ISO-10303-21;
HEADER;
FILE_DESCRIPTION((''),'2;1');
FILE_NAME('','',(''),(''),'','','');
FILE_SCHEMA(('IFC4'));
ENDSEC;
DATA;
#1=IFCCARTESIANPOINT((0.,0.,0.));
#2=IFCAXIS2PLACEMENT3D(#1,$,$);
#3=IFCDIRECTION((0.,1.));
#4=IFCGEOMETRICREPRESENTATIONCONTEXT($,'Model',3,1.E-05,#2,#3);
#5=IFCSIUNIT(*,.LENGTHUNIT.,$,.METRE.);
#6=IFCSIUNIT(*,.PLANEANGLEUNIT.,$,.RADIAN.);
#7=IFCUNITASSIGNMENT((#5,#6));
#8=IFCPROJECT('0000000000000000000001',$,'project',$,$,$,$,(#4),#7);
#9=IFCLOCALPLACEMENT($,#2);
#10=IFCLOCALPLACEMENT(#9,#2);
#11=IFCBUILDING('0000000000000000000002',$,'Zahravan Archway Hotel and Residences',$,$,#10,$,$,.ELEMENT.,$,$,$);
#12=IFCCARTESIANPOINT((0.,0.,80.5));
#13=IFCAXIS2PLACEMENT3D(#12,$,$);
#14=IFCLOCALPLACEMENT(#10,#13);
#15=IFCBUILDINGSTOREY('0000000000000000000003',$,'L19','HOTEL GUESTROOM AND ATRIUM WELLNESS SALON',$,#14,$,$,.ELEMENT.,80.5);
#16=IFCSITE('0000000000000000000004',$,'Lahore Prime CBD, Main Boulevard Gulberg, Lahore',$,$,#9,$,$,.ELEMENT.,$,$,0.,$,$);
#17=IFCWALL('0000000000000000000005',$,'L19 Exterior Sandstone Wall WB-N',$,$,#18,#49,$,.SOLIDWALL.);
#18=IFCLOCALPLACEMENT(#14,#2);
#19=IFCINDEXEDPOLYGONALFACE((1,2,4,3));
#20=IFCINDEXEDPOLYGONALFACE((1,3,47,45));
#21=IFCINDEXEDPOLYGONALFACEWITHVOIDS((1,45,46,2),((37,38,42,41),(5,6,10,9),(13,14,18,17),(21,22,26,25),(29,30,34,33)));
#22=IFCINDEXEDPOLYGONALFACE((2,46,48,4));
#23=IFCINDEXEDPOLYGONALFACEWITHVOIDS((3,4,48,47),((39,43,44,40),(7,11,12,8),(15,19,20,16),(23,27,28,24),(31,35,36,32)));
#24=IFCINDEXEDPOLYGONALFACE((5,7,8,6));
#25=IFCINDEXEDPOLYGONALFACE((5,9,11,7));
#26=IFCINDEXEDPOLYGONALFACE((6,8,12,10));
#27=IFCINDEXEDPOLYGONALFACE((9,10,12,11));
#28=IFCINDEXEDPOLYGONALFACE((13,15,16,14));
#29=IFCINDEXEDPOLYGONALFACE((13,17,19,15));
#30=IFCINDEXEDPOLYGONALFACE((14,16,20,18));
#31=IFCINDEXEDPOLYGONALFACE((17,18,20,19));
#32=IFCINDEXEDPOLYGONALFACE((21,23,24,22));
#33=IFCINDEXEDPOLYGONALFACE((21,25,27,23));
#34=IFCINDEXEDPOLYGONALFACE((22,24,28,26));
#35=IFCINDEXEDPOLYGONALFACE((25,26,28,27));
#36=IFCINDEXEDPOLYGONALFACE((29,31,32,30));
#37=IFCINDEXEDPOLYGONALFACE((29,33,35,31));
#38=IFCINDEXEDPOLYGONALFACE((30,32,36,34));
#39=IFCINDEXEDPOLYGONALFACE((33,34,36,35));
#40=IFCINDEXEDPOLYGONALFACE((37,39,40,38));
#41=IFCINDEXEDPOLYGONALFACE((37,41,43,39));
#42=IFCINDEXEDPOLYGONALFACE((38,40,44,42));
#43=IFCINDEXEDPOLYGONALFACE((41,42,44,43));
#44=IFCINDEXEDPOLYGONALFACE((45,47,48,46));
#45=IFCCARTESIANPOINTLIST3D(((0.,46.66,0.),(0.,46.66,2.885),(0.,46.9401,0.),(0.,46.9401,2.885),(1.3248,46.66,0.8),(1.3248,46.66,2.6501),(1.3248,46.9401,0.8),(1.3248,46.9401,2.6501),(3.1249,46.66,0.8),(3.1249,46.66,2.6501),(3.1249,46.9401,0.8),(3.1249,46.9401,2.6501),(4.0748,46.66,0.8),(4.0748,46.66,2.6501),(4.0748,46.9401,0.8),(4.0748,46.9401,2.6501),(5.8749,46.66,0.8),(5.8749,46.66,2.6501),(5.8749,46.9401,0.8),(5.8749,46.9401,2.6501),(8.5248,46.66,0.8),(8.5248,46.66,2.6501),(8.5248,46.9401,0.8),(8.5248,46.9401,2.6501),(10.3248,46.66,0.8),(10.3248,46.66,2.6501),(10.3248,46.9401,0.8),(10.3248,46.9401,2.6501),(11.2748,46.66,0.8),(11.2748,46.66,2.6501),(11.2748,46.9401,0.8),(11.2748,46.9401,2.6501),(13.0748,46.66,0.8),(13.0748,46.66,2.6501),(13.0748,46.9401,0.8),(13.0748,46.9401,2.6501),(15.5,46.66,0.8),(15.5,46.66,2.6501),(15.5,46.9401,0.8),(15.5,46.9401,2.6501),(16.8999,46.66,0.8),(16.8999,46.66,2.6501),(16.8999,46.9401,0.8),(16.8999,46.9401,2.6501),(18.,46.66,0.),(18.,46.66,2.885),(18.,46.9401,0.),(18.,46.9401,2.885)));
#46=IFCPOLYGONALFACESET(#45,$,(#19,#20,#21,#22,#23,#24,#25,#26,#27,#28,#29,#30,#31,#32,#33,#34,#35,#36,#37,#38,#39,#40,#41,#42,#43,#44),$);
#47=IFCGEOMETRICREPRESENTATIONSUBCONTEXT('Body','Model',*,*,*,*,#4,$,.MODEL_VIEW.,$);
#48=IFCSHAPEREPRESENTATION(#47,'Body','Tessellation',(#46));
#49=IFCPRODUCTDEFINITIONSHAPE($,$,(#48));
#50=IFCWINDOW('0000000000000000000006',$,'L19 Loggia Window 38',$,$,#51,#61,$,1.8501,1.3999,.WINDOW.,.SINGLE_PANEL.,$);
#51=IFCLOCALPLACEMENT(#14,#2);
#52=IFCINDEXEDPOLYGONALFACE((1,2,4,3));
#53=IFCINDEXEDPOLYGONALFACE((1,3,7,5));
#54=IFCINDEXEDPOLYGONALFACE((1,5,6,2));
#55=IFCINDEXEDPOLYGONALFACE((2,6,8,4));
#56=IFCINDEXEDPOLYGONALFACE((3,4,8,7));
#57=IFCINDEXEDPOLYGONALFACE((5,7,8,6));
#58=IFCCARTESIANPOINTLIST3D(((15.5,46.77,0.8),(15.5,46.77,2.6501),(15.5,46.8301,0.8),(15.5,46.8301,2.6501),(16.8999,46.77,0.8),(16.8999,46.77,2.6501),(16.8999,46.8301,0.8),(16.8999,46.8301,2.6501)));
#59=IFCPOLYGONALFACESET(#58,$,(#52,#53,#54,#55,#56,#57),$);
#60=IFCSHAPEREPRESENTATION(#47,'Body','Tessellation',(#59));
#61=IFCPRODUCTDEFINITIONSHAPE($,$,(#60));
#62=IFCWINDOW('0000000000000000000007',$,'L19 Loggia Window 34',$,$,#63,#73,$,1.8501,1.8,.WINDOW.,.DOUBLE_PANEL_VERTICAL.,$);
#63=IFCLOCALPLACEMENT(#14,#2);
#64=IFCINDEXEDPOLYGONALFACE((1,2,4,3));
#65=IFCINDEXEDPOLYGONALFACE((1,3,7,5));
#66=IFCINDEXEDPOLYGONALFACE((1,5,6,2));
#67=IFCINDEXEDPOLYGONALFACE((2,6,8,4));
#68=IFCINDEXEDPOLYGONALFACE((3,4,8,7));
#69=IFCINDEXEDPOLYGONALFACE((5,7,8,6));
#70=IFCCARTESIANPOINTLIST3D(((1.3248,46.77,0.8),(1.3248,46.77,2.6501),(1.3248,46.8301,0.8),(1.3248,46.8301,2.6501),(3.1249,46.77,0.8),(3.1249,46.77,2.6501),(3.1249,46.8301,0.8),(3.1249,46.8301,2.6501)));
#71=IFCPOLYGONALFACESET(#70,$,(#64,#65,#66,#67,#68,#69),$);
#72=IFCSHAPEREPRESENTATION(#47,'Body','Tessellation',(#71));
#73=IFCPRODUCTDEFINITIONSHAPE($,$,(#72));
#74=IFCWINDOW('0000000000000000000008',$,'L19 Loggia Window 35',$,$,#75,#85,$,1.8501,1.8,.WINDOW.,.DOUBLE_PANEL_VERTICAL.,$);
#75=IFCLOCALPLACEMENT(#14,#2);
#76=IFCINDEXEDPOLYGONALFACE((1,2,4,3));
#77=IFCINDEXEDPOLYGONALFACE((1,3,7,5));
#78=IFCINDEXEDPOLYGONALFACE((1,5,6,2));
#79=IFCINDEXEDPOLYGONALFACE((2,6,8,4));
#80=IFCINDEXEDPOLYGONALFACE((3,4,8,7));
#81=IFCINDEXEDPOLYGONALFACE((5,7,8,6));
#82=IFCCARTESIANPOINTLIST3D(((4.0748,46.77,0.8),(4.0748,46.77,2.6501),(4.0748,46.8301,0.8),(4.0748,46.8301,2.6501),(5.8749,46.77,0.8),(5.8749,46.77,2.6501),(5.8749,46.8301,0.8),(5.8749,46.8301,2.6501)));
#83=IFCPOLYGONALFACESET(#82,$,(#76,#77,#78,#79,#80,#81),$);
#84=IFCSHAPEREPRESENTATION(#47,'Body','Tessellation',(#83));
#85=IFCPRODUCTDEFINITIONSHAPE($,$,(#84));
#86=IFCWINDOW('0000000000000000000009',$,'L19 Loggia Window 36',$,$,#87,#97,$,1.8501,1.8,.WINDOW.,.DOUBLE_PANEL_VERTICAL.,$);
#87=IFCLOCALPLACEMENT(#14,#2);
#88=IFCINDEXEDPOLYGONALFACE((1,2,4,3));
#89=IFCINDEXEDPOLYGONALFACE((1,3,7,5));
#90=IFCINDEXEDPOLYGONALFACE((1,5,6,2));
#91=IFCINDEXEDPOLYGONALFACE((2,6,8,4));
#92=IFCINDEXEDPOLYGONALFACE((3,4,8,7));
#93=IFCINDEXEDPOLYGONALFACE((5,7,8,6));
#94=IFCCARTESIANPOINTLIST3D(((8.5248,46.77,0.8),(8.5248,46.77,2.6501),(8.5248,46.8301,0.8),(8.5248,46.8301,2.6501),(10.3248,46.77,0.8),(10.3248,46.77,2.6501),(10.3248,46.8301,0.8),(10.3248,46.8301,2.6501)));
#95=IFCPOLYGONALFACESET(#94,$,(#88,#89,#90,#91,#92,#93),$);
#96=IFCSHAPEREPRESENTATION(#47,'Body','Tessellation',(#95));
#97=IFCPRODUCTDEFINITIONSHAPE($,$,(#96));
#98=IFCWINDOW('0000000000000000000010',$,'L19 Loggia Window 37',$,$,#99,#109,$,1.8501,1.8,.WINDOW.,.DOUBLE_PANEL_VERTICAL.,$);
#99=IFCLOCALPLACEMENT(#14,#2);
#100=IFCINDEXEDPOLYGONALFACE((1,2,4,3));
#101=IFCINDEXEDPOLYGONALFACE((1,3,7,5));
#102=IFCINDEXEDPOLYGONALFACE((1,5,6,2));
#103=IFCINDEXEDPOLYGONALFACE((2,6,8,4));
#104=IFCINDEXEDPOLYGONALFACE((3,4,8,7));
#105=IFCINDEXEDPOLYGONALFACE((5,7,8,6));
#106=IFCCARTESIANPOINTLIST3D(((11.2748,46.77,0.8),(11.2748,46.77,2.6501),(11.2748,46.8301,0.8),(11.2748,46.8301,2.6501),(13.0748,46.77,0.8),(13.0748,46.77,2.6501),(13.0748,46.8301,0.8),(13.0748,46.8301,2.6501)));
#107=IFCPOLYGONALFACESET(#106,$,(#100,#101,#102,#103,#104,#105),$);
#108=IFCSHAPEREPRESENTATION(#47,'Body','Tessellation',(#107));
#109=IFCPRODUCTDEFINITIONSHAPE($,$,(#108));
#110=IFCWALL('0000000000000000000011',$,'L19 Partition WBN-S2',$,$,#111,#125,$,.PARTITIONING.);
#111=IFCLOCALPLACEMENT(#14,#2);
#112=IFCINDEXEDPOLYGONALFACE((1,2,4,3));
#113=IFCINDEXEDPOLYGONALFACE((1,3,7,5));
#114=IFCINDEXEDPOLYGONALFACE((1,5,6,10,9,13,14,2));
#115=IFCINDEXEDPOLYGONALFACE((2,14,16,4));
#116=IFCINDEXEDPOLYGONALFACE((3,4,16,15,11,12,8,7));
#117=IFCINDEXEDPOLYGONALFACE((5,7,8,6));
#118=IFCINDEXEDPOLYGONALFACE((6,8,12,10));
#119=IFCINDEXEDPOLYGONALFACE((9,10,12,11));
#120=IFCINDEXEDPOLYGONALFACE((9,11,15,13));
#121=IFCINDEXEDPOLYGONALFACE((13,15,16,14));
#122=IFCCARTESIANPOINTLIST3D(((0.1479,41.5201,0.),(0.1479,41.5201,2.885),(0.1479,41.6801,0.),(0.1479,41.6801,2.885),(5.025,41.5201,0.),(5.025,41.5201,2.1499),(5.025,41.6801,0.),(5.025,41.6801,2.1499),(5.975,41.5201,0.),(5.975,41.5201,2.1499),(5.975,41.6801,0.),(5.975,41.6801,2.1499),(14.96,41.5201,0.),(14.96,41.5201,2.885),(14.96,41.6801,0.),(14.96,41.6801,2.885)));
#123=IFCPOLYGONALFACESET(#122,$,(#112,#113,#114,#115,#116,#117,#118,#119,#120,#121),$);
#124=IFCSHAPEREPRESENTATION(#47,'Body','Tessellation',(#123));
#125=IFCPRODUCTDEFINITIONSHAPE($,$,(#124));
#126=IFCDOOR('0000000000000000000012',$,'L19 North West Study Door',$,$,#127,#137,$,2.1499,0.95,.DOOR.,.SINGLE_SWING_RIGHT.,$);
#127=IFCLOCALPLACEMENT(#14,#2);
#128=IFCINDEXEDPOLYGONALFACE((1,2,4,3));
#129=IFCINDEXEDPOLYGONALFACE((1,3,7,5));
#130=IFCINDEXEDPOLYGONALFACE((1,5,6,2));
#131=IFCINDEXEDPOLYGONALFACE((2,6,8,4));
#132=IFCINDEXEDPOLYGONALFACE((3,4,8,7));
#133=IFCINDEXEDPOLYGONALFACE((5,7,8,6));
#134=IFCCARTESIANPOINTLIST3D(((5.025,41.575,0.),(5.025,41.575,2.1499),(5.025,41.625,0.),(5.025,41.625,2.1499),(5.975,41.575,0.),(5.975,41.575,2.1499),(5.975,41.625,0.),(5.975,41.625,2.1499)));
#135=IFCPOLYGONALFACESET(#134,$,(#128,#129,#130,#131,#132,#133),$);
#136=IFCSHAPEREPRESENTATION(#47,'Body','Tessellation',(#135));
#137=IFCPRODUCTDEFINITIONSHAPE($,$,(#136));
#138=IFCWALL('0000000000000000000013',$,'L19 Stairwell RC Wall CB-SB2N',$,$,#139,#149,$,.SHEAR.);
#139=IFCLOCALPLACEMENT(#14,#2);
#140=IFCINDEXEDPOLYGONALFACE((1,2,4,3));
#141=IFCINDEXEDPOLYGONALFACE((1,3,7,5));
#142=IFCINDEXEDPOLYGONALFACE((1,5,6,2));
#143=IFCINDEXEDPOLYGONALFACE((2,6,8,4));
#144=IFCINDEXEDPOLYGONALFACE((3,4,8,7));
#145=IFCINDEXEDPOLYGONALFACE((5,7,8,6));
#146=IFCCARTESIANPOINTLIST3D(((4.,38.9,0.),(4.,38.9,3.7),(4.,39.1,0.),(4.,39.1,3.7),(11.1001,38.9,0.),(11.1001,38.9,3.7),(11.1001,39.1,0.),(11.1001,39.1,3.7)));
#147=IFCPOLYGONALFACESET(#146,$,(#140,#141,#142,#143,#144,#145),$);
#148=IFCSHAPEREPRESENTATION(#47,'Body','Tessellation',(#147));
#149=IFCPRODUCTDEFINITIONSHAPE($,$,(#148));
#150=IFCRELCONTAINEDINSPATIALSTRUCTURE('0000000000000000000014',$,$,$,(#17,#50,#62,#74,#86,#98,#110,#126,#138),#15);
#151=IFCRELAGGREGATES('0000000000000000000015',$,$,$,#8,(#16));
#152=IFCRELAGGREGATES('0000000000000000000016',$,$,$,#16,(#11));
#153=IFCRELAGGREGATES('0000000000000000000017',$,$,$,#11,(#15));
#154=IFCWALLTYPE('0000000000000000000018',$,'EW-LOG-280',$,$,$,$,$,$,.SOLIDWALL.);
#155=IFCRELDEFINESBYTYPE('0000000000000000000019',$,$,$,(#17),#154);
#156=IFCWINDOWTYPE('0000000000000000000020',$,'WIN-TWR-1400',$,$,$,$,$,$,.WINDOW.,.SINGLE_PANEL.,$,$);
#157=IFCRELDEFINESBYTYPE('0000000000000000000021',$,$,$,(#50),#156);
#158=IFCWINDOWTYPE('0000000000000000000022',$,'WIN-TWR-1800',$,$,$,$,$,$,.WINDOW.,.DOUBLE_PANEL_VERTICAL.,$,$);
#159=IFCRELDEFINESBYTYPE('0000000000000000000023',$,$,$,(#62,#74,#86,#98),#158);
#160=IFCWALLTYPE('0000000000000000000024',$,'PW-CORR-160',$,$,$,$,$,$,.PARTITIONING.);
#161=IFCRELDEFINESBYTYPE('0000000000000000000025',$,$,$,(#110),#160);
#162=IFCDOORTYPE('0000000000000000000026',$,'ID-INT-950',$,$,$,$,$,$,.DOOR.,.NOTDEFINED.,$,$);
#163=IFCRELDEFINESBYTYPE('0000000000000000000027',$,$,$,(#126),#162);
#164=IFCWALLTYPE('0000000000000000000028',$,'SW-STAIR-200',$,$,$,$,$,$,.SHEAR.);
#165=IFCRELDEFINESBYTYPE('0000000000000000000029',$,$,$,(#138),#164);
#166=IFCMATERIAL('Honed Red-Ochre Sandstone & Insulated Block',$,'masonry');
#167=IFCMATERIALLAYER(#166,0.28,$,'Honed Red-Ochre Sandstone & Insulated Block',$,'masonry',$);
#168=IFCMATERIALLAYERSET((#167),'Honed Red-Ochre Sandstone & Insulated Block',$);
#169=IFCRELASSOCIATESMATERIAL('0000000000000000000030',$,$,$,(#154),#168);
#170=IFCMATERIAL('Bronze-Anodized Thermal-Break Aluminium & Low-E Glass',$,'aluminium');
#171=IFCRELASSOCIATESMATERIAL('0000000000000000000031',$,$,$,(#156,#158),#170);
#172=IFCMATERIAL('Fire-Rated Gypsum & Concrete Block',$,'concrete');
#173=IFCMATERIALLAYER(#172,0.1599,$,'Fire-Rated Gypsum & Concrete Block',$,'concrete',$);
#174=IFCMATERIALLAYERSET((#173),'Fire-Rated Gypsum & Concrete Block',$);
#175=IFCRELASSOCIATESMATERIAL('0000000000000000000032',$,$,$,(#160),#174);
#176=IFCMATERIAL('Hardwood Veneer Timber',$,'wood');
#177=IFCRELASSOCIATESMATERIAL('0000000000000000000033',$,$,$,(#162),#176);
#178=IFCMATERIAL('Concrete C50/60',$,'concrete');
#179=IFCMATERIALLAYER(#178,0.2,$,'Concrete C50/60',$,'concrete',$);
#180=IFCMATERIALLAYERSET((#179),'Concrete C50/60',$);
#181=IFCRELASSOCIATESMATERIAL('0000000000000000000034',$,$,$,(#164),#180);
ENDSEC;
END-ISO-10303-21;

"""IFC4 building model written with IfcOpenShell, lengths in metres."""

from ifc_helpers import new_model, si_unit, direction, frame, frame_2d, origin, place, context, subcontext, project, spatial, rectangle, extrude, source, transform, mapped, material, layer, layer_set, type_object, type_shapes, element, fill, save


model = new_model("IFC4")

# Units and contexts
model_context = context("Model", 3, precision=1e-05, world=origin(), true_north=direction((0.0, 1.0)))
body_context = subcontext(model_context, "Body", "Model", "MODEL_VIEW")
ifc_project = project(units=[si_unit("LENGTHUNIT", "METRE"), si_unit("PLANEANGLEUNIT", "RADIAN")], contexts=[model_context])

# Site, building, storey
site_placement = place(None, origin())
site = spatial("IfcSite", under=ifc_project, at=site_placement, Name="Lahore Prime CBD, Main Boulevard Gulberg, Lahore", CompositionType="ELEMENT", RefElevation=0.0)
building_placement = place(site_placement, origin())
building = spatial("IfcBuilding", under=site, at=building_placement, Name="Zahravan Archway Hotel and Residences", CompositionType="ELEMENT")
storey_placement = place(building_placement, frame((0.0, 0.0, 80.5)))
storey = spatial("IfcBuildingStorey", under=building, at=storey_placement, Name="L19", Description="HOTEL GUESTROOM AND ATRIUM WELLNESS SALON", CompositionType="ELEMENT", Elevation=80.5)

# Wall, openings, windows
ifc_material_1 = material(Name="Honed Red-Ochre Sandstone & Insulated Block", Category="masonry")
ifc_layer_1 = layer(ifc_material_1, 0.28, Name="Honed Red-Ochre Sandstone & Insulated Block", Category="masonry")
ifc_layer_set_1 = layer_set([ifc_layer_1], Name="Honed Red-Ochre Sandstone & Insulated Block")
wall_type_1 = type_object("IfcWallType", Name="EW-LOG-280", PredefinedType="SOLIDWALL", material=ifc_layer_set_1)
wall_1_placement = place(storey_placement, frame((0.0, 46.8, 0.0), z_axis=(0.0, 0.0, 1.0), x_axis=(1.0, 0.0, 0.0)))
wall_1 = element("IfcWall", 1, at=wall_1_placement, inside=storey, type_object=wall_type_1, Name="L19 Exterior Sandstone Wall WB-N", PredefinedType="SOLIDWALL", context=body_context, shape_type="SweptSolid", body=[
    extrude(rectangle(XDim=18.0, YDim=0.28, at=frame_2d((9.0, 0.0))), origin(), (0.0, 0.0, 1.0), 2.885),
])
opening_1_placement = place(wall_1_placement, frame((1.325, 0.0, 0.8)))
opening_1 = element("IfcOpeningElement", 2, at=opening_1_placement, cuts=wall_1, PredefinedType="OPENING", context=body_context, shape_type="SweptSolid", body=[
    extrude(rectangle(XDim=1.8, YDim=1.8501, at=frame_2d((0.8999, 0.925))), frame((0.0, 0.1499, 0.0), z_axis=(0.0, -1.0, 0.0), x_axis=(1.0, 0.0, 0.0)), (0.0, 0.0, 1.0), 0.3),
])
opening_2_placement = place(wall_1_placement, frame((4.075, 0.0, 0.8)))
opening_2 = element("IfcOpeningElement", 3, at=opening_2_placement, cuts=wall_1, PredefinedType="OPENING", context=body_context, shape_type="SweptSolid", body=[
    extrude(rectangle(XDim=1.8, YDim=1.8501, at=frame_2d((0.8999, 0.925))), frame((0.0, 0.1499, 0.0), z_axis=(0.0, -1.0, 0.0), x_axis=(1.0, 0.0, 0.0)), (0.0, 0.0, 1.0), 0.3),
])
opening_3_placement = place(wall_1_placement, frame((8.5249, 0.0, 0.8)))
opening_3 = element("IfcOpeningElement", 4, at=opening_3_placement, cuts=wall_1, PredefinedType="OPENING", context=body_context, shape_type="SweptSolid", body=[
    extrude(rectangle(XDim=1.8, YDim=1.8501, at=frame_2d((0.8999, 0.925))), frame((0.0, 0.1499, 0.0), z_axis=(0.0, -1.0, 0.0), x_axis=(1.0, 0.0, 0.0)), (0.0, 0.0, 1.0), 0.3),
])
opening_4_placement = place(wall_1_placement, frame((11.2749, 0.0, 0.8)))
opening_4 = element("IfcOpeningElement", 5, at=opening_4_placement, cuts=wall_1, PredefinedType="OPENING", context=body_context, shape_type="SweptSolid", body=[
    extrude(rectangle(XDim=1.8, YDim=1.8501, at=frame_2d((0.8999, 0.925))), frame((0.0, 0.1499, 0.0), z_axis=(0.0, -1.0, 0.0), x_axis=(1.0, 0.0, 0.0)), (0.0, 0.0, 1.0), 0.3),
])
opening_5_placement = place(wall_1_placement, frame((15.5, 0.0, 0.8)))
opening_5 = element("IfcOpeningElement", 6, at=opening_5_placement, cuts=wall_1, PredefinedType="OPENING", context=body_context, shape_type="SweptSolid", body=[
    extrude(rectangle(XDim=1.3999, YDim=1.8501, at=frame_2d((0.7, 0.925))), frame((0.0, 0.1499, 0.0), z_axis=(0.0, -1.0, 0.0), x_axis=(1.0, 0.0, 0.0)), (0.0, 0.0, 1.0), 0.3),
])
ifc_material_2 = material(Name="Bronze-Anodized Thermal-Break Aluminium & Low-E Glass", Category="aluminium")
window_type_1 = type_object("IfcWindowType", Name="WIN-TWR-1400", PartitioningType="SINGLE_PANEL", PredefinedType="WINDOW", material=ifc_material_2)
shared_shape_1 = source(origin(), body_context, "Body", "SweptSolid", [
    extrude(rectangle(XDim=1.3999, YDim=1.8501, at=frame_2d((0.7, 0.925))), frame((0.0, 0.03, 0.0), z_axis=(0.0, -1.0, 0.0), x_axis=(1.0, 0.0, 0.0)), (0.0, 0.0, 1.0), 0.0601),
])
type_shapes(window_type_1, [shared_shape_1])
window_1_placement = place(opening_5_placement, origin())
window_1 = element("IfcWindow", 7, at=window_1_placement, inside=storey, type_object=window_type_1, Name="L19 Loggia Window 38", OverallHeight=1.8501, OverallWidth=1.3999, PartitioningType="SINGLE_PANEL", PredefinedType="WINDOW", context=body_context, shape_type="MappedRepresentation", body=[
    mapped(shared_shape_1, transform((0.0, 0.0, 0.0), scale=1.0)),
])
fill(opening_5, window_1)
window_type_2 = type_object("IfcWindowType", Name="WIN-TWR-1800", PartitioningType="DOUBLE_PANEL_VERTICAL", PredefinedType="WINDOW", material=ifc_material_2)
shared_shape_2 = source(origin(), body_context, "Body", "SweptSolid", [
    extrude(rectangle(XDim=1.8, YDim=1.8501, at=frame_2d((0.8999, 0.925))), frame((0.0, 0.03, 0.0), z_axis=(0.0, -1.0, 0.0), x_axis=(1.0, 0.0, 0.0)), (0.0, 0.0, 1.0), 0.0601),
])
type_shapes(window_type_2, [shared_shape_2])
window_2_placement = place(opening_1_placement, origin())
window_2 = element("IfcWindow", 8, at=window_2_placement, inside=storey, type_object=window_type_2, Name="L19 Loggia Window 34", OverallHeight=1.8501, OverallWidth=1.8, PartitioningType="DOUBLE_PANEL_VERTICAL", PredefinedType="WINDOW", context=body_context, shape_type="MappedRepresentation", body=[
    mapped(shared_shape_2, transform((0.0, 0.0, 0.0), scale=1.0)),
])
fill(opening_1, window_2)
window_3_placement = place(opening_2_placement, origin())
window_3 = element("IfcWindow", 9, at=window_3_placement, inside=storey, type_object=window_type_2, Name="L19 Loggia Window 35", OverallHeight=1.8501, OverallWidth=1.8, PartitioningType="DOUBLE_PANEL_VERTICAL", PredefinedType="WINDOW", context=body_context, shape_type="MappedRepresentation", body=[
    mapped(shared_shape_2, transform((0.0, 0.0, 0.0), scale=1.0)),
])
fill(opening_2, window_3)
window_4_placement = place(opening_3_placement, origin())
window_4 = element("IfcWindow", 10, at=window_4_placement, inside=storey, type_object=window_type_2, Name="L19 Loggia Window 36", OverallHeight=1.8501, OverallWidth=1.8, PartitioningType="DOUBLE_PANEL_VERTICAL", PredefinedType="WINDOW", context=body_context, shape_type="MappedRepresentation", body=[
    mapped(shared_shape_2, transform((0.0, 0.0, 0.0), scale=1.0)),
])
fill(opening_3, window_4)
window_5_placement = place(opening_4_placement, origin())
window_5 = element("IfcWindow", 11, at=window_5_placement, inside=storey, type_object=window_type_2, Name="L19 Loggia Window 37", OverallHeight=1.8501, OverallWidth=1.8, PartitioningType="DOUBLE_PANEL_VERTICAL", PredefinedType="WINDOW", context=body_context, shape_type="MappedRepresentation", body=[
    mapped(shared_shape_2, transform((0.0, 0.0, 0.0), scale=1.0)),
])
fill(opening_4, window_5)

# Wall, opening, door
ifc_material_3 = material(Name="Fire-Rated Gypsum & Concrete Block", Category="concrete")
ifc_layer_2 = layer(ifc_material_3, 0.1599, Name="Fire-Rated Gypsum & Concrete Block", Category="concrete")
ifc_layer_set_2 = layer_set([ifc_layer_2], Name="Fire-Rated Gypsum & Concrete Block")
wall_type_2 = type_object("IfcWallType", Name="PW-CORR-160", PredefinedType="PARTITIONING", material=ifc_layer_set_2)
wall_2_placement = place(storey_placement, frame((0.1479, 41.6001, 0.0), z_axis=(0.0, 0.0, 1.0), x_axis=(1.0, 0.0, 0.0)))
wall_2 = element("IfcWall", 12, at=wall_2_placement, inside=storey, type_object=wall_type_2, Name="L19 Partition WBN-S2", PredefinedType="PARTITIONING", context=body_context, shape_type="SweptSolid", body=[
    extrude(rectangle(XDim=14.812, YDim=0.1599, at=frame_2d((7.406, 0.0))), origin(), (0.0, 0.0, 1.0), 2.885),
])
opening_6_placement = place(wall_2_placement, frame((4.877, 0.0, 0.0)))
opening_6 = element("IfcOpeningElement", 13, at=opening_6_placement, cuts=wall_2, PredefinedType="OPENING", context=body_context, shape_type="SweptSolid", body=[
    extrude(rectangle(XDim=0.95, YDim=2.1499, at=frame_2d((0.4751, 1.075))), frame((0.0, 0.0898, 0.0), z_axis=(0.0, -1.0, 0.0), x_axis=(1.0, 0.0, 0.0)), (0.0, 0.0, 1.0), 0.1799),
])
ifc_material_4 = material(Name="Hardwood Veneer Timber", Category="wood")
door_type_1 = type_object("IfcDoorType", Name="ID-INT-950", OperationType="NOTDEFINED", PredefinedType="DOOR", material=ifc_material_4)
shared_shape_3 = source(origin(), body_context, "Body", "SweptSolid", [
    extrude(rectangle(XDim=0.95, YDim=2.1499, at=frame_2d((0.4751, 1.075))), frame((0.0, 0.0249, 0.0), z_axis=(0.0, -1.0, 0.0), x_axis=(1.0, 0.0, 0.0)), (0.0, 0.0, 1.0), 0.05),
])
type_shapes(door_type_1, [shared_shape_3])
door_1_placement = place(opening_6_placement, origin())
door_1 = element("IfcDoor", 14, at=door_1_placement, inside=storey, type_object=door_type_1, Name="L19 North West Study Door", OperationType="SINGLE_SWING_RIGHT", OverallHeight=2.1499, OverallWidth=0.95, PredefinedType="DOOR", context=body_context, shape_type="MappedRepresentation", body=[
    mapped(shared_shape_3, transform((0.0, 0.0, 0.0), scale=1.0)),
])
fill(opening_6, door_1)

# Wall
ifc_material_5 = material(Name="Concrete C50/60", Category="concrete")
ifc_layer_3 = layer(ifc_material_5, 0.2, Name="Concrete C50/60", Category="concrete")
ifc_layer_set_3 = layer_set([ifc_layer_3], Name="Concrete C50/60")
wall_type_3 = type_object("IfcWallType", Name="SW-STAIR-200", PredefinedType="SHEAR", material=ifc_layer_set_3)
wall_3_placement = place(storey_placement, frame((4.0, 39.0, 0.0), z_axis=(0.0, 0.0, 1.0), x_axis=(1.0, 0.0, 0.0)))
element("IfcWall", 15, at=wall_3_placement, inside=storey, type_object=wall_type_3, Name="L19 Stairwell RC Wall CB-SB2N", PredefinedType="SHEAR", context=body_context, shape_type="SweptSolid", body=[
    extrude(rectangle(XDim=7.1001, YDim=0.2, at=frame_2d((3.55, 0.0))), origin(), (0.0, 0.0, 1.0), 3.7),
])

save(model, "model.ifc")
